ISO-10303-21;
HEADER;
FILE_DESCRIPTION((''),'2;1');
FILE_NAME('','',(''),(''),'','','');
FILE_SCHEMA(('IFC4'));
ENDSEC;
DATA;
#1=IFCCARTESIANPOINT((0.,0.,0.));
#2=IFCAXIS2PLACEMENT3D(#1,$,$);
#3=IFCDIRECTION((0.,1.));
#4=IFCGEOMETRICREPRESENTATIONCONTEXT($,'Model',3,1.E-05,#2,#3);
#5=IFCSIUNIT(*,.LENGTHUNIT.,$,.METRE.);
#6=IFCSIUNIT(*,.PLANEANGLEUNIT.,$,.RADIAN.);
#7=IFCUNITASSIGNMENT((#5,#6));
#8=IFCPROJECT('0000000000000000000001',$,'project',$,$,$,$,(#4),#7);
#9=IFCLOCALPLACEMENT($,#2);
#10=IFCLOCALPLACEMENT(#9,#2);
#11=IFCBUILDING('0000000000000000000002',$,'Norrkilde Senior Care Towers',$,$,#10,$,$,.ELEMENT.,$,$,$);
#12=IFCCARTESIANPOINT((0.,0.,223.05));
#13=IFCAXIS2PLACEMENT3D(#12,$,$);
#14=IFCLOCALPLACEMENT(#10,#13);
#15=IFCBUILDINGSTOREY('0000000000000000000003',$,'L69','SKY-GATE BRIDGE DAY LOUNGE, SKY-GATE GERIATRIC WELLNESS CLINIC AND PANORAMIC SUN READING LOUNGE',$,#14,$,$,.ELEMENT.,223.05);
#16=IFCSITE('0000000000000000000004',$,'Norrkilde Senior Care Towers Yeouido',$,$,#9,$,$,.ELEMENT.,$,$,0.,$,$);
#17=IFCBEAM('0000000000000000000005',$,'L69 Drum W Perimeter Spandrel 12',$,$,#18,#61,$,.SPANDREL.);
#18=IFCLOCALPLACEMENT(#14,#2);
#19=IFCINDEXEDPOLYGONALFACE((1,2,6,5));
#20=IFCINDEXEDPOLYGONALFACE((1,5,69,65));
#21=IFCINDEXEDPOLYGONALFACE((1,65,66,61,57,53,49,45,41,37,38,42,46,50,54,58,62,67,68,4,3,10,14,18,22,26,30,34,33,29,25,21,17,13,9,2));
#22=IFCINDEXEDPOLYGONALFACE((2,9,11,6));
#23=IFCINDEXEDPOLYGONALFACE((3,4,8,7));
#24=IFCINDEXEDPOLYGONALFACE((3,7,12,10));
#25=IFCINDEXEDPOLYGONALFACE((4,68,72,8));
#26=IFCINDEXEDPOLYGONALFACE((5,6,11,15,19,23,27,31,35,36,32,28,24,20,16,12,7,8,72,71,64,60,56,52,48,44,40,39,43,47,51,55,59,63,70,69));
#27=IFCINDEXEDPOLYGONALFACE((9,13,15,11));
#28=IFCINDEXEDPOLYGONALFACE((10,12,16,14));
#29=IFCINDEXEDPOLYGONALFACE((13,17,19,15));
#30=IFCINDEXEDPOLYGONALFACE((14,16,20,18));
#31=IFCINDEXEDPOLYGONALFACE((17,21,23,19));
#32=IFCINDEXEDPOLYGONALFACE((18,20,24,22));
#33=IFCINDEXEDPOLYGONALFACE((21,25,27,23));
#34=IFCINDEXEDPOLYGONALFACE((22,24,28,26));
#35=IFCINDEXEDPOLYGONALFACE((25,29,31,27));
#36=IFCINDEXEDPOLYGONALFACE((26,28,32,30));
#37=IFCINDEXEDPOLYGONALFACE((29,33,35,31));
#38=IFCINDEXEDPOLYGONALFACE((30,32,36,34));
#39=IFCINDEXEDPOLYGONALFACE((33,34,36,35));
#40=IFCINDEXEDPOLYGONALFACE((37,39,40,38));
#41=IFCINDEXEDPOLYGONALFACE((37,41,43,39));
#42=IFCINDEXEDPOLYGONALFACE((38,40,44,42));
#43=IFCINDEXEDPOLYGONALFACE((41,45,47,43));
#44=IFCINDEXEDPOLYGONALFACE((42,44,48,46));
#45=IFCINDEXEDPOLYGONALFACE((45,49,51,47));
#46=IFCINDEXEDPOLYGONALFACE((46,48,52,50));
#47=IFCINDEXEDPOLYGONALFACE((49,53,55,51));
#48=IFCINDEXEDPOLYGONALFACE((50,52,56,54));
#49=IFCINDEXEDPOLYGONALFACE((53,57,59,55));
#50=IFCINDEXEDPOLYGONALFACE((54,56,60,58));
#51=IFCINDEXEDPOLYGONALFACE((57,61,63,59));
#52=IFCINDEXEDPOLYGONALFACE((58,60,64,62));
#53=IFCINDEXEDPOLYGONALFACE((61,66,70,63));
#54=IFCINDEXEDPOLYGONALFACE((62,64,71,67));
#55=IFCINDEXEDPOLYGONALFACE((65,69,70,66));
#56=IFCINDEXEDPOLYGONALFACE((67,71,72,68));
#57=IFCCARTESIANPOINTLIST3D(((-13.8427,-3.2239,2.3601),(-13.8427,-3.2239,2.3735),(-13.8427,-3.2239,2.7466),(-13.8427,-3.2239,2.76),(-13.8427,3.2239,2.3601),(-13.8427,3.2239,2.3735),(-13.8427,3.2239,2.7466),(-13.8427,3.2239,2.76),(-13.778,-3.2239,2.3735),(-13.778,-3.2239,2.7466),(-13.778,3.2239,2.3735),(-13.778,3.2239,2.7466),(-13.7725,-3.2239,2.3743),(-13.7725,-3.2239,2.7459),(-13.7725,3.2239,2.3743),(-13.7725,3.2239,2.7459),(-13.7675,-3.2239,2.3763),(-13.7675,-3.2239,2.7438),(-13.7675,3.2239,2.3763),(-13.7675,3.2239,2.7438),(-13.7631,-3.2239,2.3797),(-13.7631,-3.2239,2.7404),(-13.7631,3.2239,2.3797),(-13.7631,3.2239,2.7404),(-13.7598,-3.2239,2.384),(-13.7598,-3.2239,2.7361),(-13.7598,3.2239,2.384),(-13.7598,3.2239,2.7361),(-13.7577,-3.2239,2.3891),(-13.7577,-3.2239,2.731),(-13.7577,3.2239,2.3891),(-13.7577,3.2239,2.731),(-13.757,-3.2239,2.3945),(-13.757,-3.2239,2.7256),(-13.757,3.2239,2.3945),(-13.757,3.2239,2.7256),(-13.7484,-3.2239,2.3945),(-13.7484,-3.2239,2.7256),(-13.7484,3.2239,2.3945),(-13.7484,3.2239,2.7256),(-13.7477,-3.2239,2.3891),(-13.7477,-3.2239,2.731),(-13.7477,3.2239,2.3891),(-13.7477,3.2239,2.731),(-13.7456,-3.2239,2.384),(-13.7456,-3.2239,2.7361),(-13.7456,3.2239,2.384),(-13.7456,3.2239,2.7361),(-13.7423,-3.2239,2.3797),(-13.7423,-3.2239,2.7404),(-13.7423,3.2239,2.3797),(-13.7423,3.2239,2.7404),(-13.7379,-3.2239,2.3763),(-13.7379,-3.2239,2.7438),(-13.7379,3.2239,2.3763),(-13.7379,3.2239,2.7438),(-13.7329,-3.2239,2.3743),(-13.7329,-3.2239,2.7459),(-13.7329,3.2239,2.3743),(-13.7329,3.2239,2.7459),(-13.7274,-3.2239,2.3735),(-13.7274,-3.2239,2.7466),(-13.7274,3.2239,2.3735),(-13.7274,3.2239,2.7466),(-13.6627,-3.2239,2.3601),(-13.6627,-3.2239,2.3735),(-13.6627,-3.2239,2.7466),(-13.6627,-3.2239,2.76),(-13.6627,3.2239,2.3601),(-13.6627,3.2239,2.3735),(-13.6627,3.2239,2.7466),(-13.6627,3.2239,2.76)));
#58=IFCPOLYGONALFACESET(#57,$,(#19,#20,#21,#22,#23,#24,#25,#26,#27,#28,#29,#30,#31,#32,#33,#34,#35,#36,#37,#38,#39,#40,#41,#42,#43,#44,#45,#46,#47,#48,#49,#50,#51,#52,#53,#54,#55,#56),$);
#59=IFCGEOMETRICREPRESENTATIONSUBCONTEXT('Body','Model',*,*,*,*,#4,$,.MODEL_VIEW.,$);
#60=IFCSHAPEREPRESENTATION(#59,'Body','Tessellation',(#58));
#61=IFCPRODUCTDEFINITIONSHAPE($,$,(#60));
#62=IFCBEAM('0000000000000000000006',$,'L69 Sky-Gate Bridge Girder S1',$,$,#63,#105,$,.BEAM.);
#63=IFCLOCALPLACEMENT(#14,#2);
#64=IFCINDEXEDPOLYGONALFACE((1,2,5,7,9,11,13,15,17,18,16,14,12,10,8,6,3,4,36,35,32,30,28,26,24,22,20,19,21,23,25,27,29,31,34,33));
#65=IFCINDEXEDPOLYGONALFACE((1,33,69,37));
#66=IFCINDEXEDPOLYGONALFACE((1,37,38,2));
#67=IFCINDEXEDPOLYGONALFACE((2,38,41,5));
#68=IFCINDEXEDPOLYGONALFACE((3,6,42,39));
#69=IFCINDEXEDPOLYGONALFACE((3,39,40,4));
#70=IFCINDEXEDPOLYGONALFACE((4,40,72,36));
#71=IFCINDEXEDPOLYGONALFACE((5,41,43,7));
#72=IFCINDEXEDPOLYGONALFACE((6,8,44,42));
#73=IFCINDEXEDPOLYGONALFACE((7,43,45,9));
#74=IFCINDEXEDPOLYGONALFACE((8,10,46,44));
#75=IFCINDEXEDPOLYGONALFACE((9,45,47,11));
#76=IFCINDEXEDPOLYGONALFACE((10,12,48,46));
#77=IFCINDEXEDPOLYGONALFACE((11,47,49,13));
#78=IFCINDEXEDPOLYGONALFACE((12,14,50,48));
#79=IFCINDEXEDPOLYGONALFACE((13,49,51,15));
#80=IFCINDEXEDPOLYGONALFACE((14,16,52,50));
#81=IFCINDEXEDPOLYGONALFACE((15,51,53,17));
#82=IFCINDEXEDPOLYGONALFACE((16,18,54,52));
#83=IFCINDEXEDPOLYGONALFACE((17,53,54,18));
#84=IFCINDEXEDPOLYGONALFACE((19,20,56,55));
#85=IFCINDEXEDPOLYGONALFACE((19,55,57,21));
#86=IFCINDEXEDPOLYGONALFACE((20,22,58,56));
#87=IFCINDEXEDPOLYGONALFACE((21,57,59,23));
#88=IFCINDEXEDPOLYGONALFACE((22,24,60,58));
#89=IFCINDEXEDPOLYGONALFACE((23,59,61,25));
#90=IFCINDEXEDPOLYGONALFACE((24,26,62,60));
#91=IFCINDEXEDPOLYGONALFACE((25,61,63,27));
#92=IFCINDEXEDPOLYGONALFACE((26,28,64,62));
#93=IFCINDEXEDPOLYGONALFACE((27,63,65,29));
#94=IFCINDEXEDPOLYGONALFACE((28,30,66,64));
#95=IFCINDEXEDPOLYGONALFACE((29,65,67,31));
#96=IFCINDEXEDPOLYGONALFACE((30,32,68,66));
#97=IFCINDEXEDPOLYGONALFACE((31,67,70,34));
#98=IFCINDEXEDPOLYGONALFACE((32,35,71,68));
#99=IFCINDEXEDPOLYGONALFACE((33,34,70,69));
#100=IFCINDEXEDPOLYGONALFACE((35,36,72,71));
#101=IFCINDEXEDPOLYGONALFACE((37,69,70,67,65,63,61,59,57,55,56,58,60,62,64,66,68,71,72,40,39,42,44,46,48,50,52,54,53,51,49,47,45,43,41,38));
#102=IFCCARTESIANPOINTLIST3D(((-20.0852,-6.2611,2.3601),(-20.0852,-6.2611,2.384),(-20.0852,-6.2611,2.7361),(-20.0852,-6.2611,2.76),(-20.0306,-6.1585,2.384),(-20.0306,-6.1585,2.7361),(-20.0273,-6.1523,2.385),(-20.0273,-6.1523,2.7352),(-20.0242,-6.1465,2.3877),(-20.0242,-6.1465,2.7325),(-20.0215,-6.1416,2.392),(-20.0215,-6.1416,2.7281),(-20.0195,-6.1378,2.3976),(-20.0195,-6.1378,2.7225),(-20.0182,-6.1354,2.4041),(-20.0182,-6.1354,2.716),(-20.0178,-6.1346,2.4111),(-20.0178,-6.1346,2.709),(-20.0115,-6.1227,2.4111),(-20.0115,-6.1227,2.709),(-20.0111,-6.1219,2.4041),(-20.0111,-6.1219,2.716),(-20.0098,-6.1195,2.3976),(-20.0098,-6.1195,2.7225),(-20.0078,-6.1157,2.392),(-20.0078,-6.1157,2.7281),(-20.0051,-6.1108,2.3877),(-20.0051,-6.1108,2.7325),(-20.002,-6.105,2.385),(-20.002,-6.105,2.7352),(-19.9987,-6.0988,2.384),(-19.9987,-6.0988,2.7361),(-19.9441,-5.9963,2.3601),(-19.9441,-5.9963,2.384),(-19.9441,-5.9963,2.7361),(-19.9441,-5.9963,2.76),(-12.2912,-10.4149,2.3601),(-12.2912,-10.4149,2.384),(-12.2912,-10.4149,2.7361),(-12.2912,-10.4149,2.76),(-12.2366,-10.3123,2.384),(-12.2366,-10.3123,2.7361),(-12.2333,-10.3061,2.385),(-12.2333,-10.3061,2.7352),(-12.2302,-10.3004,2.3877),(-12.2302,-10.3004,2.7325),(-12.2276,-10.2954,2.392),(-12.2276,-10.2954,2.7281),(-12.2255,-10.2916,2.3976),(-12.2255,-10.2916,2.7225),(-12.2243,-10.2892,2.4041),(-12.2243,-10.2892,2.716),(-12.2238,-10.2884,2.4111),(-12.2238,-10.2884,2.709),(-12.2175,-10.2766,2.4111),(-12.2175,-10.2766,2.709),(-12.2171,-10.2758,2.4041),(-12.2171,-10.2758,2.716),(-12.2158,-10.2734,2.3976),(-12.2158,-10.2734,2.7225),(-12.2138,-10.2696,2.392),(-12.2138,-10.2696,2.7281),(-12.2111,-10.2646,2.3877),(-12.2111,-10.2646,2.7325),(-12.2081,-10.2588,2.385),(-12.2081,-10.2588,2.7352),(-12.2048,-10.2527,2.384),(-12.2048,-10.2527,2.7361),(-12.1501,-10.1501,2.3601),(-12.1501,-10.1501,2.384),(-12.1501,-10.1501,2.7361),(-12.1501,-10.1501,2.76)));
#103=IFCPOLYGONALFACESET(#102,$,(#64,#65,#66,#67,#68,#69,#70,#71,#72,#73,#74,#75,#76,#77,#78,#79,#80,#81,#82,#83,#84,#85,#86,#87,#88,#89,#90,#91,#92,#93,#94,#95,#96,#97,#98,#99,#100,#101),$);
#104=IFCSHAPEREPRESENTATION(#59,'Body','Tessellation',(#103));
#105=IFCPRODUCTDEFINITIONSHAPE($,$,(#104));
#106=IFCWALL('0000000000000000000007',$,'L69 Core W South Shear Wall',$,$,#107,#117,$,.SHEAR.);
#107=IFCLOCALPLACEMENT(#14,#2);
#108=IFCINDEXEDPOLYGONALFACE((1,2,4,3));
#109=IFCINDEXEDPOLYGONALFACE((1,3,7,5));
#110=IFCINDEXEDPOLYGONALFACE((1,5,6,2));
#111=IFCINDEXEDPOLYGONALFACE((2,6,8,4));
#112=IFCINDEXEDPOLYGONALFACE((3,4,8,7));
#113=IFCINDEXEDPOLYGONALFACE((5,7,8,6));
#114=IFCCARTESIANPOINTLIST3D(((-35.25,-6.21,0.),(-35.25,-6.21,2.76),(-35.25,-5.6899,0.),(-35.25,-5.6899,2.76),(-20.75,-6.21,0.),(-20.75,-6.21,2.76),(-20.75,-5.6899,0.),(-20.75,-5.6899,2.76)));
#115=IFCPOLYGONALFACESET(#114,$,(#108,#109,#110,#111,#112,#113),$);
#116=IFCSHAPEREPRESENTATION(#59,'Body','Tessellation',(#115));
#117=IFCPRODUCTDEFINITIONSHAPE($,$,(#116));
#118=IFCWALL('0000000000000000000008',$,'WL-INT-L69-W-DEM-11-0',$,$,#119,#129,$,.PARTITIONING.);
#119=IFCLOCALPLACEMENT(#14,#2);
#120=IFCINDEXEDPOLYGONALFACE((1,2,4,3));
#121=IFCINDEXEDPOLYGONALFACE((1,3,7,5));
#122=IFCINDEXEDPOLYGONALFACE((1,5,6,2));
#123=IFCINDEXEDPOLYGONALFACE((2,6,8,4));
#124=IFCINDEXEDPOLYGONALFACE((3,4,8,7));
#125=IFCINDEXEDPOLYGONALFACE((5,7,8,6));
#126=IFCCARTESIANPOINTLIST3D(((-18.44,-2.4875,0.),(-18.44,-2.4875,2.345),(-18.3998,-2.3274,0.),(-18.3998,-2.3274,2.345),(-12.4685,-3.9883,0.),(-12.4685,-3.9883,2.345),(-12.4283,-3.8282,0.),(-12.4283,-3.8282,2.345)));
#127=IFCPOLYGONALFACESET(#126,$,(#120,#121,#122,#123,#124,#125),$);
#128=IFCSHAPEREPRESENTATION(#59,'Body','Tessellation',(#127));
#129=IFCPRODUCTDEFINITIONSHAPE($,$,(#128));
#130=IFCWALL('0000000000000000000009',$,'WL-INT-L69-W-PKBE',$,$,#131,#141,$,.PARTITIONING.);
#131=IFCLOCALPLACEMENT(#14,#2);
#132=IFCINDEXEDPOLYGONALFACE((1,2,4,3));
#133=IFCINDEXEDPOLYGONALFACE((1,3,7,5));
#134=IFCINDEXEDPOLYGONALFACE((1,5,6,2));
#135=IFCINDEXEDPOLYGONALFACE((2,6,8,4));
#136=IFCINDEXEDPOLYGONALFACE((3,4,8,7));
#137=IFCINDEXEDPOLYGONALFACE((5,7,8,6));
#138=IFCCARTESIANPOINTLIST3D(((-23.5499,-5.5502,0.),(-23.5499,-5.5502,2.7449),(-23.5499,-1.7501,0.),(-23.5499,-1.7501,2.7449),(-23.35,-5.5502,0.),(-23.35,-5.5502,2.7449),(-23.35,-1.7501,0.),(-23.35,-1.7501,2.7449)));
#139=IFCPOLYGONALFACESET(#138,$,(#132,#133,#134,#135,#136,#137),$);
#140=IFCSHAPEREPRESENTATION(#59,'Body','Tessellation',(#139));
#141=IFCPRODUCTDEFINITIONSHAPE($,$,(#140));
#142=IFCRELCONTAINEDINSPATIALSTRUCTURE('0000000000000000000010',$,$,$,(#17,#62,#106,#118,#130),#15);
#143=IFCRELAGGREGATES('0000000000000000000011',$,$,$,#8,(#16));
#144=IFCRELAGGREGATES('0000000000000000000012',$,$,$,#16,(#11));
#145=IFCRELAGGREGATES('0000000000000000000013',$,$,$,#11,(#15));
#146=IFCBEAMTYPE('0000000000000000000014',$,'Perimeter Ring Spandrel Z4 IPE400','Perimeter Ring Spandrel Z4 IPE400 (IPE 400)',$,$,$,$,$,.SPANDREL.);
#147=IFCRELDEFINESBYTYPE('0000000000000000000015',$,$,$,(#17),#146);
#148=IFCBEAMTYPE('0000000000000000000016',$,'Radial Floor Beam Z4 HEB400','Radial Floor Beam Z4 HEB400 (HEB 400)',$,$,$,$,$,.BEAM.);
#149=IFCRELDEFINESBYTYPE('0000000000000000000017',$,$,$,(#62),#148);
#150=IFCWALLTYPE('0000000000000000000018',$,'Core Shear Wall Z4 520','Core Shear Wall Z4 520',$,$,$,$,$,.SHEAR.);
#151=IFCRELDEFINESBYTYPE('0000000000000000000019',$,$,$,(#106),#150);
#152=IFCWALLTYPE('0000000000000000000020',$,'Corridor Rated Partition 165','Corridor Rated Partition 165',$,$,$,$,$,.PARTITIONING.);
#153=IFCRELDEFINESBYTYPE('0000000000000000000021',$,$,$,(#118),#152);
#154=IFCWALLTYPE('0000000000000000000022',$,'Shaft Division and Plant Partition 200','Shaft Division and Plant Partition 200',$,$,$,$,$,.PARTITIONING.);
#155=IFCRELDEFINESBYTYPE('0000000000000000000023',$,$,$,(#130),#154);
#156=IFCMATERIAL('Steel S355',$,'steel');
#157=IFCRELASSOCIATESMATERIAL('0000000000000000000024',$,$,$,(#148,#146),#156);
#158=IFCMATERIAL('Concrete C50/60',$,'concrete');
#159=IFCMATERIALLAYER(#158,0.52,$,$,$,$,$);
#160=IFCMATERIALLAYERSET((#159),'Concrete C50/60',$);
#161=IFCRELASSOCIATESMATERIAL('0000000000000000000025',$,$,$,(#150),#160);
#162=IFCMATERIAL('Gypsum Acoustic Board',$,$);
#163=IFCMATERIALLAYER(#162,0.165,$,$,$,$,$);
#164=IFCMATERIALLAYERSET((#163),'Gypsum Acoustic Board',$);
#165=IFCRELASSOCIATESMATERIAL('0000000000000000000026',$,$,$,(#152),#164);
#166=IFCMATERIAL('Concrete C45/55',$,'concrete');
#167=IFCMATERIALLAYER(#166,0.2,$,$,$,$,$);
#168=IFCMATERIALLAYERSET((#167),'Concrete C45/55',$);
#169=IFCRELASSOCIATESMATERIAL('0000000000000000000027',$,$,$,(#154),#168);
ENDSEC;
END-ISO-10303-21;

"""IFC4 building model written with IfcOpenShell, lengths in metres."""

from ifc_helpers import new_model, si_unit, direction, frame, frame_2d, origin, origin_2d, place, context, subcontext, project, spatial, rectangle, i_section, extrude, source, transform, mapped, material, layer, layer_set, material_profile, profile_set, type_object, type_shapes, element, save


model = new_model("IFC4")

# Units and contexts
model_context = context("Model", 3, precision=1e-05, world=origin(), true_north=direction((0.0, 1.0)))
body_context = subcontext(model_context, "Body", "Model", "MODEL_VIEW")
ifc_project = project(units=[si_unit("LENGTHUNIT", "METRE"), si_unit("PLANEANGLEUNIT", "RADIAN")], contexts=[model_context])

# Site, building, storey
site_placement = place(None, origin())
site = spatial("IfcSite", under=ifc_project, at=site_placement, Name="Norrkilde Senior Care Towers Yeouido", CompositionType="ELEMENT", RefElevation=0.0)
building_placement = place(site_placement, origin())
building = spatial("IfcBuilding", under=site, at=building_placement, Name="Norrkilde Senior Care Towers", CompositionType="ELEMENT")
storey_placement = place(building_placement, frame((0.0, 0.0, 223.05)))
storey = spatial("IfcBuildingStorey", under=building, at=storey_placement, Name="L69", Description="SKY-GATE BRIDGE DAY LOUNGE, SKY-GATE GERIATRIC WELLNESS CLINIC AND PANORAMIC SUN READING LOUNGE", CompositionType="ELEMENT", Elevation=223.05)

# Shared definitions
ifc_material_1 = material(Name="Concrete C50/60", Category="concrete")

# Beams
ifc_material_2 = material(Name="Steel S355", Category="steel")
ifc_material_profile_1 = material_profile(ifc_material_2, i_section(OverallWidth=0.3, OverallDepth=0.3999, WebThickness=0.0134, FlangeThickness=0.0239, FilletRadius=0.0271, at=origin_2d()), Name="HEB 400")
ifc_profile_set_1 = profile_set([ifc_material_profile_1], Name="Steel S355")
beam_type_1 = type_object("IfcBeamType", Name="Radial Floor Beam Z4 HEB400", Description="Radial Floor Beam Z4 HEB400 (HEB 400)", PredefinedType="BEAM", material=ifc_profile_set_1)
ifc_material_profile_2 = material_profile(ifc_material_2, i_section(OverallWidth=0.1799, OverallDepth=0.3999, WebThickness=0.0085, FlangeThickness=0.0134, FilletRadius=0.021, at=origin_2d()), Name="IPE 400")
ifc_profile_set_2 = profile_set([ifc_material_profile_2], Name="Steel S355")
beam_type_2 = type_object("IfcBeamType", Name="Perimeter Ring Spandrel Z4 IPE400", Description="Perimeter Ring Spandrel Z4 IPE400 (IPE 400)", PredefinedType="SPANDREL", material=ifc_profile_set_2)
shared_shape_1 = source(origin(), body_context, "Body", "SweptSolid", [
    extrude(i_section(OverallWidth=0.1799, OverallDepth=0.3999, WebThickness=0.0085, FlangeThickness=0.0134, FilletRadius=0.021, at=origin_2d()), origin(), (0.0, 0.0, 1.0), 6.4478),
])
type_shapes(beam_type_2, [shared_shape_1])
beam_1_placement = place(storey_placement, frame((-13.7527, -3.2239, 2.5601), z_axis=(0.0, 1.0, 0.0), x_axis=(-1.0, 0.0, 0.0)))
element("IfcBeam", 1, at=beam_1_placement, inside=storey, type_object=beam_type_2, Name="L69 Drum W Perimeter Spandrel 12", PredefinedType="SPANDREL", context=body_context, shape_type="MappedRepresentation", body=[
    mapped(shared_shape_1, transform((0.0, 0.0, 0.0), x_axis=(1.0, 0.0, 0.0), y_axis=(0.0, 1.0, 0.0), z_axis=(0.0, 0.0, 1.0), scale=1.0)),
])
shared_shape_2 = source(origin(), body_context, "Body", "SweptSolid", [
    extrude(i_section(OverallWidth=0.3, OverallDepth=0.3999, WebThickness=0.0134, FlangeThickness=0.0239, FilletRadius=0.0271, at=origin_2d()), origin(), (0.0, 0.0, 1.0), 8.8318),
])
beam_2_placement = place(storey_placement, frame((-20.0146, -6.1287, 2.5601), z_axis=(0.882492, -0.470327, 0.0), x_axis=(0.470327, 0.882492, 0.0)))
element("IfcBeam", 2, at=beam_2_placement, inside=storey, type_object=beam_type_1, Name="L69 Sky-Gate Bridge Girder S1", PredefinedType="BEAM", context=body_context, shape_type="MappedRepresentation", body=[
    mapped(shared_shape_2, transform((0.0, 0.0, 0.0), x_axis=(1.0, 0.0, 0.0), y_axis=(0.0, 1.0, 0.0), z_axis=(0.0, 0.0, 1.0), scale=1.0)),
])

# Walls
ifc_layer_1 = layer(ifc_material_1, 0.52)
ifc_layer_set_1 = layer_set([ifc_layer_1], Name="Concrete C50/60")
wall_type_1 = type_object("IfcWallType", Name="Core Shear Wall Z4 520", Description="Core Shear Wall Z4 520", PredefinedType="SHEAR", material=ifc_layer_set_1)
shared_shape_3 = source(origin(), body_context, "Body", "SweptSolid", [
    extrude(rectangle(XDim=14.5, YDim=0.52, at=frame_2d((7.25, 0.0))), origin(), (0.0, 0.0, 1.0), 2.76),
])
type_shapes(wall_type_1, [shared_shape_3])
wall_1_placement = place(storey_placement, frame((-20.75, -5.95, 0.0), z_axis=(0.0, 0.0, 1.0), x_axis=(-1.0, 0.0, 0.0)))
element("IfcWall", 3, at=wall_1_placement, inside=storey, type_object=wall_type_1, Name="L69 Core W South Shear Wall", PredefinedType="SHEAR", context=body_context, shape_type="MappedRepresentation", body=[
    mapped(shared_shape_3, transform((0.0, 0.0, 0.0), x_axis=(1.0, 0.0, 0.0), y_axis=(0.0, 1.0, 0.0), z_axis=(0.0, 0.0, 1.0), scale=1.0)),
])
ifc_material_3 = material(Name="Gypsum Acoustic Board")
ifc_layer_2 = layer(ifc_material_3, 0.165)
ifc_layer_set_2 = layer_set([ifc_layer_2], Name="Gypsum Acoustic Board")
wall_type_2 = type_object("IfcWallType", Name="Corridor Rated Partition 165", Description="Corridor Rated Partition 165", PredefinedType="PARTITIONING", material=ifc_layer_set_2)
shared_shape_4 = source(origin(), body_context, "Body", "SweptSolid", [
    extrude(rectangle(XDim=6.1572, YDim=0.165, at=frame_2d((3.0786, 0.0))), origin(), (0.0, 0.0, 1.0), 2.345),
])
wall_2_placement = place(storey_placement, frame((-18.4199, -2.4075, 0.0), z_axis=(0.0, 0.0, 1.0), x_axis=(0.969841, -0.243739, 0.0)))
element("IfcWall", 4, at=wall_2_placement, inside=storey, type_object=wall_type_2, Name="WL-INT-L69-W-DEM-11-0", PredefinedType="PARTITIONING", context=body_context, shape_type="MappedRepresentation", body=[
    mapped(shared_shape_4, transform((0.0, 0.0, 0.0), x_axis=(1.0, 0.0, 0.0), y_axis=(0.0, 1.0, 0.0), z_axis=(0.0, 0.0, 1.0), scale=1.0)),
])
ifc_material_4 = material(Name="Concrete C45/55", Category="concrete")
ifc_layer_3 = layer(ifc_material_4, 0.2)
ifc_layer_set_3 = layer_set([ifc_layer_3], Name="Concrete C45/55")
wall_type_3 = type_object("IfcWallType", Name="Shaft Division and Plant Partition 200", Description="Shaft Division and Plant Partition 200", PredefinedType="PARTITIONING", material=ifc_layer_set_3)
shared_shape_5 = source(origin(), body_context, "Body", "SweptSolid", [
    extrude(rectangle(XDim=3.8, YDim=0.2, at=frame_2d((1.8999, 0.0))), origin(), (0.0, 0.0, 1.0), 2.7449),
])
type_shapes(wall_type_3, [shared_shape_5])
wall_3_placement = place(storey_placement, frame((-23.45, -5.55, 0.0), z_axis=(0.0, 0.0, 1.0), x_axis=(0.0, 1.0, 0.0)))
element("IfcWall", 5, at=wall_3_placement, inside=storey, type_object=wall_type_3, Name="WL-INT-L69-W-PKBE", PredefinedType="PARTITIONING", context=body_context, shape_type="MappedRepresentation", body=[
    mapped(shared_shape_5, transform((0.0, 0.0, 0.0), x_axis=(1.0, 0.0, 0.0), y_axis=(0.0, 1.0, 0.0), z_axis=(0.0, 0.0, 1.0), scale=1.0)),
])

save(model, "model.ifc")
